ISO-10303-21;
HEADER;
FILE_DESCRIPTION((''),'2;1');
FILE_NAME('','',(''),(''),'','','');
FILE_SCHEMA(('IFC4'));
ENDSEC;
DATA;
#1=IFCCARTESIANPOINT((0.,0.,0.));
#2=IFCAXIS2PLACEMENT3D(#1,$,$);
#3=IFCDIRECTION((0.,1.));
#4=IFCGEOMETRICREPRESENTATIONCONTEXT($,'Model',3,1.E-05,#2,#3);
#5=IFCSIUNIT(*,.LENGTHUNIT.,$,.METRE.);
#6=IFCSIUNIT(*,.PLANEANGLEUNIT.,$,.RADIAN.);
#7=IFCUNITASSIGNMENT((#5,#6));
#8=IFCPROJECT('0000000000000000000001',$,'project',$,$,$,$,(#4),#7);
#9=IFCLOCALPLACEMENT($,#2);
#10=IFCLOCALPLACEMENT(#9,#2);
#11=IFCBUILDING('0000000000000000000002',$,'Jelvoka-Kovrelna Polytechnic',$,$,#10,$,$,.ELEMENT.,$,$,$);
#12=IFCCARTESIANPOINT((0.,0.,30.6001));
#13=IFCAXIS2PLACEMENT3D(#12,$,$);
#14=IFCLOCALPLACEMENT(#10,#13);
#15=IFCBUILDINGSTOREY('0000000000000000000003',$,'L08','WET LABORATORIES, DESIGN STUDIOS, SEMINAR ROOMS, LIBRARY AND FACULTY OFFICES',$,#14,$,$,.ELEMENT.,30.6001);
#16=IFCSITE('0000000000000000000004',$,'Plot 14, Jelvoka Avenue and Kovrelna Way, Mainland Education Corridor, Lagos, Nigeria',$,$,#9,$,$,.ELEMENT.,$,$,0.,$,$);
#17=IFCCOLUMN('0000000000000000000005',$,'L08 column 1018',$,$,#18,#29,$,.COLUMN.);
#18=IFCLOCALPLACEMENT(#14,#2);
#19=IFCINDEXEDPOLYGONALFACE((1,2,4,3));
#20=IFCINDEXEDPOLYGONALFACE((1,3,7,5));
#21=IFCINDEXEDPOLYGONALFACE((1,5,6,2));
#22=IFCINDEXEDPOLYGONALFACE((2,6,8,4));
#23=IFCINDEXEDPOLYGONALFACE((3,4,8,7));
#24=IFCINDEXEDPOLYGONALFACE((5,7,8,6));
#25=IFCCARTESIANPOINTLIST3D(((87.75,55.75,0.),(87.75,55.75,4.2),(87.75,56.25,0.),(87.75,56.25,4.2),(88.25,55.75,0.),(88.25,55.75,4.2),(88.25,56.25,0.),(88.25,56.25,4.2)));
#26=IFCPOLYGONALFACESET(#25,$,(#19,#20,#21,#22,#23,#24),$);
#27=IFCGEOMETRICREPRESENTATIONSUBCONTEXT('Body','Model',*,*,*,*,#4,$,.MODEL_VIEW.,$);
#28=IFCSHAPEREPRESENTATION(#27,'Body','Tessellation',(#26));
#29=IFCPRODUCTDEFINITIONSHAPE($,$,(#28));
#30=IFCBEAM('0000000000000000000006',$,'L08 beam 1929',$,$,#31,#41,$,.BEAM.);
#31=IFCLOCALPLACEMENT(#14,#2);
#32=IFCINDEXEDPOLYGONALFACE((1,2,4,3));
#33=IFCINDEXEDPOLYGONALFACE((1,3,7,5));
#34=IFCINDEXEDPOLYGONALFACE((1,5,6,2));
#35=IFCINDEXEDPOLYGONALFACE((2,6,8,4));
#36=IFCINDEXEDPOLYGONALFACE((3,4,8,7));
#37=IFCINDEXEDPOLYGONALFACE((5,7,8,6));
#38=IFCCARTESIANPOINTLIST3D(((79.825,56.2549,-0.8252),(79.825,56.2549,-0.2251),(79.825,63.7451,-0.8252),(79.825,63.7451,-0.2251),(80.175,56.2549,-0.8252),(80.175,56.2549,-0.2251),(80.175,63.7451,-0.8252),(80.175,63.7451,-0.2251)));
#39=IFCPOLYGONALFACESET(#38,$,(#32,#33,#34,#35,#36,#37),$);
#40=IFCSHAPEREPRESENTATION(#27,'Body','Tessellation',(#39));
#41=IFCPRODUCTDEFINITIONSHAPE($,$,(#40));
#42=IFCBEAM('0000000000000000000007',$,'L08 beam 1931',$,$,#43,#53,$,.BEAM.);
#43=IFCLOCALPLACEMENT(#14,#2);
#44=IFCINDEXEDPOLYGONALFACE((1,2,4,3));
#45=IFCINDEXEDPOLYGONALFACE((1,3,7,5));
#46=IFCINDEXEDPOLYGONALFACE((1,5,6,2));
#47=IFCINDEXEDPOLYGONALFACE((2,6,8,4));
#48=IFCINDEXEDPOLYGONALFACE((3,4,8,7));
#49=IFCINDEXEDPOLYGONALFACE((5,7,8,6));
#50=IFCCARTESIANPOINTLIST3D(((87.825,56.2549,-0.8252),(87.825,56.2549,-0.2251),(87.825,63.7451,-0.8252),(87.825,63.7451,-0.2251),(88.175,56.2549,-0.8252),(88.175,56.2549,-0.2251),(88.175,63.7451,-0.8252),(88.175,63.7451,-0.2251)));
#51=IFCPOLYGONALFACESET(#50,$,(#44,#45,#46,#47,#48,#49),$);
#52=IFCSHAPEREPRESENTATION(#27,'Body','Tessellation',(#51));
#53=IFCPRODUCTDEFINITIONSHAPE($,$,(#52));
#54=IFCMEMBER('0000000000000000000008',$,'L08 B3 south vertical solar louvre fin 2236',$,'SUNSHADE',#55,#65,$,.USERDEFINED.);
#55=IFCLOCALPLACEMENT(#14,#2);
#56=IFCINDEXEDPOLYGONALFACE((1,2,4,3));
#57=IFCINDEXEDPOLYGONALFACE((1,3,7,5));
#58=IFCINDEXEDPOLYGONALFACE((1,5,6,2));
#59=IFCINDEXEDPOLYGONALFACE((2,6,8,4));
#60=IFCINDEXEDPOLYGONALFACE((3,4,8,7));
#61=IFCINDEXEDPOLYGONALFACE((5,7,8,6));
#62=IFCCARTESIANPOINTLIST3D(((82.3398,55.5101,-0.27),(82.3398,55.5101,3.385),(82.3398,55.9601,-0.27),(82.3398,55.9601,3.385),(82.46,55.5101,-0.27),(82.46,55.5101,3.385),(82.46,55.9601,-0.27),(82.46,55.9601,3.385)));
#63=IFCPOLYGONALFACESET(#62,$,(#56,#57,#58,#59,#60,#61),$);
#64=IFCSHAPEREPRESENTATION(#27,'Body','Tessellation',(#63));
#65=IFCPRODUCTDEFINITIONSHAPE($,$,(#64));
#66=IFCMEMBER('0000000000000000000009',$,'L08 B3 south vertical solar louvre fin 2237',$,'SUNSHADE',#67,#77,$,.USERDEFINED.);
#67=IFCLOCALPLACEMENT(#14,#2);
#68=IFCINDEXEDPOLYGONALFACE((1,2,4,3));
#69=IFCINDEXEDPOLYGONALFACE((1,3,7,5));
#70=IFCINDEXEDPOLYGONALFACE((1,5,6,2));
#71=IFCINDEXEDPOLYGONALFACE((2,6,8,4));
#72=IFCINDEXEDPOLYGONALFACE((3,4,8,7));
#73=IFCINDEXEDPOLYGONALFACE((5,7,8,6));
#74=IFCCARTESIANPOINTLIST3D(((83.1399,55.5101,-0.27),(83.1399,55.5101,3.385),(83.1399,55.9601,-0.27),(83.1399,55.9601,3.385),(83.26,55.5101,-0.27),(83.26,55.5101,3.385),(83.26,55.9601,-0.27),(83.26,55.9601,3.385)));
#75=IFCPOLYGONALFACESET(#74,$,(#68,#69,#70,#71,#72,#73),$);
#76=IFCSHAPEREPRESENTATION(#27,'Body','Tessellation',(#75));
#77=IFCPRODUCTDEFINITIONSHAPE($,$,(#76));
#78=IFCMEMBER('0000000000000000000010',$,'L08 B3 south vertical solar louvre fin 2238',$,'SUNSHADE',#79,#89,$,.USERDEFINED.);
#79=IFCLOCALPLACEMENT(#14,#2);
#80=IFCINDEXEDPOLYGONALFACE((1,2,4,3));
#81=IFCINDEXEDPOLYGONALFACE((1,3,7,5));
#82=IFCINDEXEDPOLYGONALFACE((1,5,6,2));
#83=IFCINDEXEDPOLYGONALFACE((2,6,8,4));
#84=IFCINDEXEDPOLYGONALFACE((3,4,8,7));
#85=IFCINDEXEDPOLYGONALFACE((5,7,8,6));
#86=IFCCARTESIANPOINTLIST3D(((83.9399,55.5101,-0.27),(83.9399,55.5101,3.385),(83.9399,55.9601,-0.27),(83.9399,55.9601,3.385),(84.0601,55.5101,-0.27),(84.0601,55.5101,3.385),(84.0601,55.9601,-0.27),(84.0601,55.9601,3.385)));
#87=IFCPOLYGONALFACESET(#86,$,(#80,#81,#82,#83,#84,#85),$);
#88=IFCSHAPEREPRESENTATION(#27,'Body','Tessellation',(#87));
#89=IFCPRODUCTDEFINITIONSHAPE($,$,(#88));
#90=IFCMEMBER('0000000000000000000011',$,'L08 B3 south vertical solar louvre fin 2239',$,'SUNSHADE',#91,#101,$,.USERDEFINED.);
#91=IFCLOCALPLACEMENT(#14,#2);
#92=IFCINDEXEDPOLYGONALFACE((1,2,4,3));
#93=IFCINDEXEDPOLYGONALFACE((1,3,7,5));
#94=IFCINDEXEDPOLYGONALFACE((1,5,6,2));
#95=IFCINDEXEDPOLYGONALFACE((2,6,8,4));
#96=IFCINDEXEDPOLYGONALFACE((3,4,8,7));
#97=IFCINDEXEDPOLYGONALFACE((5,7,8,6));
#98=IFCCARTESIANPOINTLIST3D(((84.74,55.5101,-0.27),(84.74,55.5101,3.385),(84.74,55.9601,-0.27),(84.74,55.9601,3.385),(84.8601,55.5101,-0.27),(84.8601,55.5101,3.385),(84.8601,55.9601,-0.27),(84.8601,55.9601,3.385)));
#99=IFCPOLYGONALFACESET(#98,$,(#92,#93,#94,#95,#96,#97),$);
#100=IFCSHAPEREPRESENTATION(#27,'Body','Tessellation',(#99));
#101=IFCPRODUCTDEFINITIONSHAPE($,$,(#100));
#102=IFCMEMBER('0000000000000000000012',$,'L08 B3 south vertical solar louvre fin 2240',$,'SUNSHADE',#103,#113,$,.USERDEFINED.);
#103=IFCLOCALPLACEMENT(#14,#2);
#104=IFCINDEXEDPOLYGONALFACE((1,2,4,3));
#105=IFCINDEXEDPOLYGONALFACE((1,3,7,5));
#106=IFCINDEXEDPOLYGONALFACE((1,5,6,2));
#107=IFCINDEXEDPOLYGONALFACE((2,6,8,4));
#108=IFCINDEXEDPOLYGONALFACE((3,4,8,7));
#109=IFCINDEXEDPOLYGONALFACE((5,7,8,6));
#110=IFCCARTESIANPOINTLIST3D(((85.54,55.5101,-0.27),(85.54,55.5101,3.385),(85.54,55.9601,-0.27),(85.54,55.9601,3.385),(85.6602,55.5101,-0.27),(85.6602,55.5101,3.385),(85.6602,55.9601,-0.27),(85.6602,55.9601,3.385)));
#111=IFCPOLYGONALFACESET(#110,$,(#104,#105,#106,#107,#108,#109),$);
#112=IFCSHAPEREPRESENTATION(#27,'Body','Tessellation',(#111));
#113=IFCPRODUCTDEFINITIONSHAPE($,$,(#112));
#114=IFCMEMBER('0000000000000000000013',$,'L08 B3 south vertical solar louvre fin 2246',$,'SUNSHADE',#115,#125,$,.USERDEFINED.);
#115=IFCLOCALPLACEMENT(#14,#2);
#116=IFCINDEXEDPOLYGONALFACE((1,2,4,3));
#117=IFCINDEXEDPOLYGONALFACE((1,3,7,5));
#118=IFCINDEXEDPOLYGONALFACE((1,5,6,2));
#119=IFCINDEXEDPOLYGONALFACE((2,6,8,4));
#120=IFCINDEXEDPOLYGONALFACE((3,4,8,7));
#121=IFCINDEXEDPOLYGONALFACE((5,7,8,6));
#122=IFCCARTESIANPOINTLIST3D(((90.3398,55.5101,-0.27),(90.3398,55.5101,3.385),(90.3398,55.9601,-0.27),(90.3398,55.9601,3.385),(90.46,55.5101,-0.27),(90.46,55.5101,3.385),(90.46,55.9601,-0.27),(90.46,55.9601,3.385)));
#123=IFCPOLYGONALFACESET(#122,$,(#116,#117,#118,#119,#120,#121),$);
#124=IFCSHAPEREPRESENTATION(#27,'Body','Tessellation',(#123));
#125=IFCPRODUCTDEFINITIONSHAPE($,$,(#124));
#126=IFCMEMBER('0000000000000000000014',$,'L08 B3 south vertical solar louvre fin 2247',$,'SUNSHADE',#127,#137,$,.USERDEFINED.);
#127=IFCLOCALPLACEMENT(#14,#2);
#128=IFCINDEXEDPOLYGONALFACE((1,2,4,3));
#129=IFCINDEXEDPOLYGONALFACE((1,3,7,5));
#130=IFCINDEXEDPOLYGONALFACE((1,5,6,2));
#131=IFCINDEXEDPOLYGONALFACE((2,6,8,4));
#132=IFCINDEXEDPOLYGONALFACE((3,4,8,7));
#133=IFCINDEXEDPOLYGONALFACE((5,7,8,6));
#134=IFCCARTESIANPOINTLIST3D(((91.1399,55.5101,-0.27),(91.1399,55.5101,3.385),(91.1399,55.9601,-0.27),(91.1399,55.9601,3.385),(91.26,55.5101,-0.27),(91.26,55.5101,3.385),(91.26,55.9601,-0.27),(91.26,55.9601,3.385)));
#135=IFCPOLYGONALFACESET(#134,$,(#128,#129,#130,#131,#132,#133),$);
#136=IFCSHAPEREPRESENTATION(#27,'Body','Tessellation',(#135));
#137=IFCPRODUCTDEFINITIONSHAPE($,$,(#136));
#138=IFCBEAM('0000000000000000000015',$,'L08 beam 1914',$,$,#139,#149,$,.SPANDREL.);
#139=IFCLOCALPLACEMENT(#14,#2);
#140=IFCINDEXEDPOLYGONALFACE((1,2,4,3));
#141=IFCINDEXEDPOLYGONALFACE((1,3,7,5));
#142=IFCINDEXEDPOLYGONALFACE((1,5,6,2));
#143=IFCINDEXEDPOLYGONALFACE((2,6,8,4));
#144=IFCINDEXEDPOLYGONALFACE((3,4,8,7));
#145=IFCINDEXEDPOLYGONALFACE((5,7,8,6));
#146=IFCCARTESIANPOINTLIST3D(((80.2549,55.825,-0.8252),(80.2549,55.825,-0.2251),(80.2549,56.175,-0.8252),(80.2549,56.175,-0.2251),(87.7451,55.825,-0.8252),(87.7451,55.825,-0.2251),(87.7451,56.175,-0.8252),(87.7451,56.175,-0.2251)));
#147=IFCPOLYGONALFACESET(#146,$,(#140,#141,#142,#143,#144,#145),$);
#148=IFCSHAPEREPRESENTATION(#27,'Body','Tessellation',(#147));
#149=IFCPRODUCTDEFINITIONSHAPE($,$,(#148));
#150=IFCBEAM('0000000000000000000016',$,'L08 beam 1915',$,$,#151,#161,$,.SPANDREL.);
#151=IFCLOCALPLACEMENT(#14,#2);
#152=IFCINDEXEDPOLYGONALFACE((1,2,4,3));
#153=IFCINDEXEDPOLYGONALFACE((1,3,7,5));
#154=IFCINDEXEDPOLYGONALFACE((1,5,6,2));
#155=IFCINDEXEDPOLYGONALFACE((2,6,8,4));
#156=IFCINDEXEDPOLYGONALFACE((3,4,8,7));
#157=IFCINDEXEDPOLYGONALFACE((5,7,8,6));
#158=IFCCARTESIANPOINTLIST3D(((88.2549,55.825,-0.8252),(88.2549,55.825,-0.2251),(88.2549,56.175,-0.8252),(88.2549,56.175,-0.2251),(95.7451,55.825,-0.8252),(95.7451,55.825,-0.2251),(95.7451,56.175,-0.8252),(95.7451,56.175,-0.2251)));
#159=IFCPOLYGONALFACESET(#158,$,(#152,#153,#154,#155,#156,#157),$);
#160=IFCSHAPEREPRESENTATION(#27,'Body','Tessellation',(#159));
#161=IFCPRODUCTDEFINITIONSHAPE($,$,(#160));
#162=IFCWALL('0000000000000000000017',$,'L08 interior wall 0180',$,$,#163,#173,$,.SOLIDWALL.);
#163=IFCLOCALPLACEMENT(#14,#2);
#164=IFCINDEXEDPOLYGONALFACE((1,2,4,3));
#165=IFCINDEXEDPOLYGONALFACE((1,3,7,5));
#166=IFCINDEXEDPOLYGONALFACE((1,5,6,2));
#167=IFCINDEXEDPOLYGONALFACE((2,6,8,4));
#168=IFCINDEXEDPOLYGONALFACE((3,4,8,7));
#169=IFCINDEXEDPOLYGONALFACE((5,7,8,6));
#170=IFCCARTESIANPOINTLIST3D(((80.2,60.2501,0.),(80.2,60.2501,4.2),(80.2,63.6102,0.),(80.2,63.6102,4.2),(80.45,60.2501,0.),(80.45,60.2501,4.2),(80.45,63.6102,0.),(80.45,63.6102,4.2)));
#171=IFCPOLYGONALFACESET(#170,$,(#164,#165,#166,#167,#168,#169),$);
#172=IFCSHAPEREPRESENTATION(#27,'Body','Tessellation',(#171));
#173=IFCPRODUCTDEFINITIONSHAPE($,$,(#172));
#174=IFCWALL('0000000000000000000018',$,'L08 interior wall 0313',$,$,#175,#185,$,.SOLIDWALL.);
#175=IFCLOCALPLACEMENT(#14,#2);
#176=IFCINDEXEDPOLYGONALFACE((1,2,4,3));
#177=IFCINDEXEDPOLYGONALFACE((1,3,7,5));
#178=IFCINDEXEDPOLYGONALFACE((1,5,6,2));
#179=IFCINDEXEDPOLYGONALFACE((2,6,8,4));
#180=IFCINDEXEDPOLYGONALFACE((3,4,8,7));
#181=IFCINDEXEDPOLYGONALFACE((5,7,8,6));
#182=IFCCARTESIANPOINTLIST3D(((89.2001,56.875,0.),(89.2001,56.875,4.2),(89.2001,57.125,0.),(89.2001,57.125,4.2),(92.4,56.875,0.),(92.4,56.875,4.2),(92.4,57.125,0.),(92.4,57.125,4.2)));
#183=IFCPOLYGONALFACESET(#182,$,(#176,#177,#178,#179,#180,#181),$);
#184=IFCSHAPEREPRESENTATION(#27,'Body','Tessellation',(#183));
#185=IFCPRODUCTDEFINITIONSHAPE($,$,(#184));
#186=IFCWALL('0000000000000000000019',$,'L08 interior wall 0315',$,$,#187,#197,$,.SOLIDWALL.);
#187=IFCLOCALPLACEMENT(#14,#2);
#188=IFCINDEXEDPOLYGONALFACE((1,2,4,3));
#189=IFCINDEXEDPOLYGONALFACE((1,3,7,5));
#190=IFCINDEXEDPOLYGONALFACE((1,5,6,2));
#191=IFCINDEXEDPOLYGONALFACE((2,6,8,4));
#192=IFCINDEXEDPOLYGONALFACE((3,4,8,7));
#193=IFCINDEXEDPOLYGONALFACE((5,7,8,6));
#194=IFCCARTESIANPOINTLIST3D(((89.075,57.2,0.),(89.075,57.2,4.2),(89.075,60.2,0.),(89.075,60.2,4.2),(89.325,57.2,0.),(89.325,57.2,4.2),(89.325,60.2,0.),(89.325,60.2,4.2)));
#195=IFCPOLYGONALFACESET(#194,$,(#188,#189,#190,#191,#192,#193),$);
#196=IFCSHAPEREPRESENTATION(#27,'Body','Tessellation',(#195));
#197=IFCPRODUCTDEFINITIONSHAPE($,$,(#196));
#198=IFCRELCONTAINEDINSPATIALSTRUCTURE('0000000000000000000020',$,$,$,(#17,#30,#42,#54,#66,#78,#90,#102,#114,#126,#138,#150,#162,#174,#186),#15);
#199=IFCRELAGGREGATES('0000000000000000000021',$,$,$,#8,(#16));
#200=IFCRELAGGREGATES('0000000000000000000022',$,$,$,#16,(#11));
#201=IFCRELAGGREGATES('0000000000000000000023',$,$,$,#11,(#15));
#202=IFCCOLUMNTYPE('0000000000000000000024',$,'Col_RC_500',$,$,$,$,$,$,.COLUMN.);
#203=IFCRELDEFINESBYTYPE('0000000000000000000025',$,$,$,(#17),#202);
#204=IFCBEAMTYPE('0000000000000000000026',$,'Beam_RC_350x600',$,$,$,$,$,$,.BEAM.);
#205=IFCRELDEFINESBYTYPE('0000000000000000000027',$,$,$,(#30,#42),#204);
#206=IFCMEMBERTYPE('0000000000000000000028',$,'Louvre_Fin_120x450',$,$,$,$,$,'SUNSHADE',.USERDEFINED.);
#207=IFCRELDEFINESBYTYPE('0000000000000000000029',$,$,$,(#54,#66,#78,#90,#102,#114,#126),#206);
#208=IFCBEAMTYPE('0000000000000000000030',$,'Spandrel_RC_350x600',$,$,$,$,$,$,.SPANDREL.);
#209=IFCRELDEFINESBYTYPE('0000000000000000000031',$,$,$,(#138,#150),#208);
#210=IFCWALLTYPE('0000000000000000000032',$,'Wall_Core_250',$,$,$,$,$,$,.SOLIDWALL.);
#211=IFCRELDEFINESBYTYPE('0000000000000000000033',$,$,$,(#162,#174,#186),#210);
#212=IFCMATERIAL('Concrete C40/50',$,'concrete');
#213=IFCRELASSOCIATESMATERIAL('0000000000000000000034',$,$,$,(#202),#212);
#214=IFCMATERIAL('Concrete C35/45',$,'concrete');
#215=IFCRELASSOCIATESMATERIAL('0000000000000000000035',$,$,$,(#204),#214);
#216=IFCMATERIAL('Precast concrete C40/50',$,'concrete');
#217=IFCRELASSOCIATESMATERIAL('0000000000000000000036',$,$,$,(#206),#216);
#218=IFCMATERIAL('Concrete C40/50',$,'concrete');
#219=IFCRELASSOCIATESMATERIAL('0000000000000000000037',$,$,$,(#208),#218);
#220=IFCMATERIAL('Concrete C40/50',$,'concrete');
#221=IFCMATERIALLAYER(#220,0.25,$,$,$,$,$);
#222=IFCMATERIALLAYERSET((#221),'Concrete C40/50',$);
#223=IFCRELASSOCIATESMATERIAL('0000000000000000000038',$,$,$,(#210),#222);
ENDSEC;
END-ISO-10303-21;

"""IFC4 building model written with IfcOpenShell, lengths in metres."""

from ifc_helpers import new_model, si_unit, direction, frame, frame_2d, origin, origin_2d, place, context, subcontext, project, spatial, rectangle, extrude, material, layer, layer_set, material_profile, profile_set, type_object, element, save


model = new_model("IFC4")

# Units and contexts
model_context = context("Model", 3, precision=1e-05, world=origin(), true_north=direction((0.0, 1.0)))
body_context = subcontext(model_context, "Body", "Model", "MODEL_VIEW")
ifc_project = project(units=[si_unit("LENGTHUNIT", "METRE"), si_unit("PLANEANGLEUNIT", "RADIAN")], contexts=[model_context])

# Site, building, storey
site_placement = place(None, origin())
site = spatial("IfcSite", under=ifc_project, at=site_placement, Name="Plot 14, Jelvoka Avenue and Kovrelna Way, Mainland Education Corridor, Lagos, Nigeria", CompositionType="ELEMENT", RefElevation=0.0)
building_placement = place(site_placement, origin())
building = spatial("IfcBuilding", under=site, at=building_placement, Name="Jelvoka-Kovrelna Polytechnic", CompositionType="ELEMENT")
storey_placement = place(building_placement, frame((0.0, 0.0, 30.6001)))
storey = spatial("IfcBuildingStorey", under=building, at=storey_placement, Name="L08", Description="WET LABORATORIES, DESIGN STUDIOS, SEMINAR ROOMS, LIBRARY AND FACULTY OFFICES", CompositionType="ELEMENT", Elevation=30.6001)

# Column
ifc_material_1 = material(Name="Concrete C40/50", Category="concrete")
ifc_material_profile_1 = material_profile(ifc_material_1, rectangle(XDim=0.5, YDim=0.5, at=origin_2d()), Name="RC 500x500")
ifc_profile_set_1 = profile_set([ifc_material_profile_1], Name="Concrete C40/50")
column_type = type_object("IfcColumnType", Name="Col_RC_500", PredefinedType="COLUMN", material=ifc_profile_set_1)
column_placement = place(storey_placement, frame((88.0, 56.0, 0.0), z_axis=(0.0, 0.0, 1.0), x_axis=(1.0, 0.0, 0.0)))
element("IfcColumn", 1, at=column_placement, inside=storey, type_object=column_type, Name="L08 column 1018", PredefinedType="COLUMN", context=body_context, shape_type="SweptSolid", body=[
    extrude(rectangle(XDim=0.5, YDim=0.5, at=origin_2d()), origin(), (0.0, 0.0, 1.0), 4.2),
])

# Beams
ifc_material_2 = material(Name="Concrete C35/45", Category="concrete")
ifc_material_profile_2 = material_profile(ifc_material_2, rectangle(XDim=0.3501, YDim=0.6001, at=origin_2d()), Name="RC 350x600")
ifc_profile_set_2 = profile_set([ifc_material_profile_2], Name="Concrete C35/45")
beam_type_1 = type_object("IfcBeamType", Name="Beam_RC_350x600", PredefinedType="BEAM", material=ifc_profile_set_2)
for number, where, z_axis, x_axis, name in (
    (2, (80.0, 56.2549, -0.5251), (0.0, 1.0, 0.0), (-1.0, 0.0, 0.0), "L08 beam 1929"),
    (3, (88.0, 56.2549, -0.5251), (0.0, 1.0, 0.0), (-1.0, 0.0, 0.0), "L08 beam 1931"),
):
    element("IfcBeam", number, at=place(storey_placement, frame(where, z_axis=z_axis, x_axis=x_axis)), inside=storey, type_object=beam_type_1, Name=name, PredefinedType="BEAM", context=body_context, shape_type="SweptSolid", body=[
        extrude(rectangle(XDim=0.3501, YDim=0.6001, at=origin_2d()), origin(), (0.0, 0.0, 1.0), 7.4902),
    ])

# Members
ifc_material_3 = material(Name="Precast concrete C40/50", Category="concrete")
ifc_material_profile_3 = material_profile(ifc_material_3, rectangle(XDim=0.1201, YDim=0.45, at=origin_2d()), Name="PC 120x450")
ifc_profile_set_3 = profile_set([ifc_material_profile_3], Name="Precast concrete C40/50")
member_type = type_object("IfcMemberType", Name="Louvre_Fin_120x450", ElementType="SUNSHADE", PredefinedType="USERDEFINED", material=ifc_profile_set_3)
for number, where, z_axis, x_axis, name in (
    (4, (82.3999, 55.7351, -0.27), (0.0, 0.0, 1.0), (1.0, 0.0, 0.0), "L08 B3 south vertical solar louvre fin 2236"),
    (5, (83.2, 55.7351, -0.27), (0.0, 0.0, 1.0), (1.0, 0.0, 0.0), "L08 B3 south vertical solar louvre fin 2237"),
    (6, (84.0, 55.7351, -0.27), (0.0, 0.0, 1.0), (1.0, 0.0, 0.0), "L08 B3 south vertical solar louvre fin 2238"),
    (7, (84.8, 55.7351, -0.27), (0.0, 0.0, 1.0), (1.0, 0.0, 0.0), "L08 B3 south vertical solar louvre fin 2239"),
    (8, (85.6001, 55.7351, -0.27), (0.0, 0.0, 1.0), (1.0, 0.0, 0.0), "L08 B3 south vertical solar louvre fin 2240"),
    (9, (90.3999, 55.7351, -0.27), (0.0, 0.0, 1.0), (1.0, 0.0, 0.0), "L08 B3 south vertical solar louvre fin 2246"),
    (10, (91.2, 55.7351, -0.27), (0.0, 0.0, 1.0), (1.0, 0.0, 0.0), "L08 B3 south vertical solar louvre fin 2247"),
):
    element("IfcMember", number, at=place(storey_placement, frame(where, z_axis=z_axis, x_axis=x_axis)), inside=storey, type_object=member_type, Name=name, ObjectType="SUNSHADE", PredefinedType="USERDEFINED", context=body_context, shape_type="SweptSolid", body=[
        extrude(rectangle(XDim=0.1201, YDim=0.45, at=origin_2d()), origin(), (0.0, 0.0, 1.0), 3.655),
    ])

# Beams
ifc_material_4 = material(Name="Concrete C40/50", Category="concrete")
ifc_material_profile_4 = material_profile(ifc_material_4, rectangle(XDim=0.3501, YDim=0.6001, at=origin_2d()), Name="RC 350x600")
ifc_profile_set_4 = profile_set([ifc_material_profile_4], Name="Concrete C40/50")
beam_type_2 = type_object("IfcBeamType", Name="Spandrel_RC_350x600", PredefinedType="SPANDREL", material=ifc_profile_set_4)
for number, where, z_axis, x_axis, name in (
    (11, (80.2549, 56.0, -0.5251), (1.0, 0.0, 0.0), (0.0, 1.0, 0.0), "L08 beam 1914"),
    (12, (88.2549, 56.0, -0.5251), (1.0, 0.0, 0.0), (0.0, 1.0, 0.0), "L08 beam 1915"),
):
    element("IfcBeam", number, at=place(storey_placement, frame(where, z_axis=z_axis, x_axis=x_axis)), inside=storey, type_object=beam_type_2, Name=name, PredefinedType="SPANDREL", context=body_context, shape_type="SweptSolid", body=[
        extrude(rectangle(XDim=0.3501, YDim=0.6001, at=origin_2d()), origin(), (0.0, 0.0, 1.0), 7.4902),
    ])

# Walls
ifc_material_5 = material(Name="Concrete C40/50", Category="concrete")
ifc_layer_1 = layer(ifc_material_5, 0.25)
ifc_layer_set_1 = layer_set([ifc_layer_1], Name="Concrete C40/50")
wall_type_1 = type_object("IfcWallType", Name="Wall_Core_250", PredefinedType="SOLIDWALL", material=ifc_layer_set_1)
wall_1_placement = place(storey_placement, frame((80.325, 60.25, 0.0), z_axis=(0.0, 0.0, 1.0), x_axis=(0.0, 1.0, 0.0)))
element("IfcWall", 13, at=wall_1_placement, inside=storey, type_object=wall_type_1, Name="L08 interior wall 0180", PredefinedType="SOLIDWALL", context=body_context, shape_type="SweptSolid", body=[
    extrude(rectangle(XDim=3.3601, YDim=0.25, at=frame_2d((1.6802, 0.0))), origin(), (0.0, 0.0, 1.0), 4.2),
])
wall_2_placement = place(storey_placement, frame((89.2, 57.0, 0.0), z_axis=(0.0, 0.0, 1.0), x_axis=(1.0, 0.0, 0.0)))
element("IfcWall", 14, at=wall_2_placement, inside=storey, type_object=wall_type_1, Name="L08 interior wall 0313", PredefinedType="SOLIDWALL", context=body_context, shape_type="SweptSolid", body=[
    extrude(rectangle(XDim=3.2, YDim=0.25, at=frame_2d((1.6001, 0.0))), origin(), (0.0, 0.0, 1.0), 4.2),
])
wall_3_placement = place(storey_placement, frame((89.2, 57.2, 0.0), z_axis=(0.0, 0.0, 1.0), x_axis=(0.0, 1.0, 0.0)))
element("IfcWall", 15, at=wall_3_placement, inside=storey, type_object=wall_type_1, Name="L08 interior wall 0315", PredefinedType="SOLIDWALL", context=body_context, shape_type="SweptSolid", body=[
    extrude(rectangle(XDim=3.0, YDim=0.25, at=frame_2d((1.5, 0.0))), origin(), (0.0, 0.0, 1.0), 4.2),
])

save(model, "model.ifc")
